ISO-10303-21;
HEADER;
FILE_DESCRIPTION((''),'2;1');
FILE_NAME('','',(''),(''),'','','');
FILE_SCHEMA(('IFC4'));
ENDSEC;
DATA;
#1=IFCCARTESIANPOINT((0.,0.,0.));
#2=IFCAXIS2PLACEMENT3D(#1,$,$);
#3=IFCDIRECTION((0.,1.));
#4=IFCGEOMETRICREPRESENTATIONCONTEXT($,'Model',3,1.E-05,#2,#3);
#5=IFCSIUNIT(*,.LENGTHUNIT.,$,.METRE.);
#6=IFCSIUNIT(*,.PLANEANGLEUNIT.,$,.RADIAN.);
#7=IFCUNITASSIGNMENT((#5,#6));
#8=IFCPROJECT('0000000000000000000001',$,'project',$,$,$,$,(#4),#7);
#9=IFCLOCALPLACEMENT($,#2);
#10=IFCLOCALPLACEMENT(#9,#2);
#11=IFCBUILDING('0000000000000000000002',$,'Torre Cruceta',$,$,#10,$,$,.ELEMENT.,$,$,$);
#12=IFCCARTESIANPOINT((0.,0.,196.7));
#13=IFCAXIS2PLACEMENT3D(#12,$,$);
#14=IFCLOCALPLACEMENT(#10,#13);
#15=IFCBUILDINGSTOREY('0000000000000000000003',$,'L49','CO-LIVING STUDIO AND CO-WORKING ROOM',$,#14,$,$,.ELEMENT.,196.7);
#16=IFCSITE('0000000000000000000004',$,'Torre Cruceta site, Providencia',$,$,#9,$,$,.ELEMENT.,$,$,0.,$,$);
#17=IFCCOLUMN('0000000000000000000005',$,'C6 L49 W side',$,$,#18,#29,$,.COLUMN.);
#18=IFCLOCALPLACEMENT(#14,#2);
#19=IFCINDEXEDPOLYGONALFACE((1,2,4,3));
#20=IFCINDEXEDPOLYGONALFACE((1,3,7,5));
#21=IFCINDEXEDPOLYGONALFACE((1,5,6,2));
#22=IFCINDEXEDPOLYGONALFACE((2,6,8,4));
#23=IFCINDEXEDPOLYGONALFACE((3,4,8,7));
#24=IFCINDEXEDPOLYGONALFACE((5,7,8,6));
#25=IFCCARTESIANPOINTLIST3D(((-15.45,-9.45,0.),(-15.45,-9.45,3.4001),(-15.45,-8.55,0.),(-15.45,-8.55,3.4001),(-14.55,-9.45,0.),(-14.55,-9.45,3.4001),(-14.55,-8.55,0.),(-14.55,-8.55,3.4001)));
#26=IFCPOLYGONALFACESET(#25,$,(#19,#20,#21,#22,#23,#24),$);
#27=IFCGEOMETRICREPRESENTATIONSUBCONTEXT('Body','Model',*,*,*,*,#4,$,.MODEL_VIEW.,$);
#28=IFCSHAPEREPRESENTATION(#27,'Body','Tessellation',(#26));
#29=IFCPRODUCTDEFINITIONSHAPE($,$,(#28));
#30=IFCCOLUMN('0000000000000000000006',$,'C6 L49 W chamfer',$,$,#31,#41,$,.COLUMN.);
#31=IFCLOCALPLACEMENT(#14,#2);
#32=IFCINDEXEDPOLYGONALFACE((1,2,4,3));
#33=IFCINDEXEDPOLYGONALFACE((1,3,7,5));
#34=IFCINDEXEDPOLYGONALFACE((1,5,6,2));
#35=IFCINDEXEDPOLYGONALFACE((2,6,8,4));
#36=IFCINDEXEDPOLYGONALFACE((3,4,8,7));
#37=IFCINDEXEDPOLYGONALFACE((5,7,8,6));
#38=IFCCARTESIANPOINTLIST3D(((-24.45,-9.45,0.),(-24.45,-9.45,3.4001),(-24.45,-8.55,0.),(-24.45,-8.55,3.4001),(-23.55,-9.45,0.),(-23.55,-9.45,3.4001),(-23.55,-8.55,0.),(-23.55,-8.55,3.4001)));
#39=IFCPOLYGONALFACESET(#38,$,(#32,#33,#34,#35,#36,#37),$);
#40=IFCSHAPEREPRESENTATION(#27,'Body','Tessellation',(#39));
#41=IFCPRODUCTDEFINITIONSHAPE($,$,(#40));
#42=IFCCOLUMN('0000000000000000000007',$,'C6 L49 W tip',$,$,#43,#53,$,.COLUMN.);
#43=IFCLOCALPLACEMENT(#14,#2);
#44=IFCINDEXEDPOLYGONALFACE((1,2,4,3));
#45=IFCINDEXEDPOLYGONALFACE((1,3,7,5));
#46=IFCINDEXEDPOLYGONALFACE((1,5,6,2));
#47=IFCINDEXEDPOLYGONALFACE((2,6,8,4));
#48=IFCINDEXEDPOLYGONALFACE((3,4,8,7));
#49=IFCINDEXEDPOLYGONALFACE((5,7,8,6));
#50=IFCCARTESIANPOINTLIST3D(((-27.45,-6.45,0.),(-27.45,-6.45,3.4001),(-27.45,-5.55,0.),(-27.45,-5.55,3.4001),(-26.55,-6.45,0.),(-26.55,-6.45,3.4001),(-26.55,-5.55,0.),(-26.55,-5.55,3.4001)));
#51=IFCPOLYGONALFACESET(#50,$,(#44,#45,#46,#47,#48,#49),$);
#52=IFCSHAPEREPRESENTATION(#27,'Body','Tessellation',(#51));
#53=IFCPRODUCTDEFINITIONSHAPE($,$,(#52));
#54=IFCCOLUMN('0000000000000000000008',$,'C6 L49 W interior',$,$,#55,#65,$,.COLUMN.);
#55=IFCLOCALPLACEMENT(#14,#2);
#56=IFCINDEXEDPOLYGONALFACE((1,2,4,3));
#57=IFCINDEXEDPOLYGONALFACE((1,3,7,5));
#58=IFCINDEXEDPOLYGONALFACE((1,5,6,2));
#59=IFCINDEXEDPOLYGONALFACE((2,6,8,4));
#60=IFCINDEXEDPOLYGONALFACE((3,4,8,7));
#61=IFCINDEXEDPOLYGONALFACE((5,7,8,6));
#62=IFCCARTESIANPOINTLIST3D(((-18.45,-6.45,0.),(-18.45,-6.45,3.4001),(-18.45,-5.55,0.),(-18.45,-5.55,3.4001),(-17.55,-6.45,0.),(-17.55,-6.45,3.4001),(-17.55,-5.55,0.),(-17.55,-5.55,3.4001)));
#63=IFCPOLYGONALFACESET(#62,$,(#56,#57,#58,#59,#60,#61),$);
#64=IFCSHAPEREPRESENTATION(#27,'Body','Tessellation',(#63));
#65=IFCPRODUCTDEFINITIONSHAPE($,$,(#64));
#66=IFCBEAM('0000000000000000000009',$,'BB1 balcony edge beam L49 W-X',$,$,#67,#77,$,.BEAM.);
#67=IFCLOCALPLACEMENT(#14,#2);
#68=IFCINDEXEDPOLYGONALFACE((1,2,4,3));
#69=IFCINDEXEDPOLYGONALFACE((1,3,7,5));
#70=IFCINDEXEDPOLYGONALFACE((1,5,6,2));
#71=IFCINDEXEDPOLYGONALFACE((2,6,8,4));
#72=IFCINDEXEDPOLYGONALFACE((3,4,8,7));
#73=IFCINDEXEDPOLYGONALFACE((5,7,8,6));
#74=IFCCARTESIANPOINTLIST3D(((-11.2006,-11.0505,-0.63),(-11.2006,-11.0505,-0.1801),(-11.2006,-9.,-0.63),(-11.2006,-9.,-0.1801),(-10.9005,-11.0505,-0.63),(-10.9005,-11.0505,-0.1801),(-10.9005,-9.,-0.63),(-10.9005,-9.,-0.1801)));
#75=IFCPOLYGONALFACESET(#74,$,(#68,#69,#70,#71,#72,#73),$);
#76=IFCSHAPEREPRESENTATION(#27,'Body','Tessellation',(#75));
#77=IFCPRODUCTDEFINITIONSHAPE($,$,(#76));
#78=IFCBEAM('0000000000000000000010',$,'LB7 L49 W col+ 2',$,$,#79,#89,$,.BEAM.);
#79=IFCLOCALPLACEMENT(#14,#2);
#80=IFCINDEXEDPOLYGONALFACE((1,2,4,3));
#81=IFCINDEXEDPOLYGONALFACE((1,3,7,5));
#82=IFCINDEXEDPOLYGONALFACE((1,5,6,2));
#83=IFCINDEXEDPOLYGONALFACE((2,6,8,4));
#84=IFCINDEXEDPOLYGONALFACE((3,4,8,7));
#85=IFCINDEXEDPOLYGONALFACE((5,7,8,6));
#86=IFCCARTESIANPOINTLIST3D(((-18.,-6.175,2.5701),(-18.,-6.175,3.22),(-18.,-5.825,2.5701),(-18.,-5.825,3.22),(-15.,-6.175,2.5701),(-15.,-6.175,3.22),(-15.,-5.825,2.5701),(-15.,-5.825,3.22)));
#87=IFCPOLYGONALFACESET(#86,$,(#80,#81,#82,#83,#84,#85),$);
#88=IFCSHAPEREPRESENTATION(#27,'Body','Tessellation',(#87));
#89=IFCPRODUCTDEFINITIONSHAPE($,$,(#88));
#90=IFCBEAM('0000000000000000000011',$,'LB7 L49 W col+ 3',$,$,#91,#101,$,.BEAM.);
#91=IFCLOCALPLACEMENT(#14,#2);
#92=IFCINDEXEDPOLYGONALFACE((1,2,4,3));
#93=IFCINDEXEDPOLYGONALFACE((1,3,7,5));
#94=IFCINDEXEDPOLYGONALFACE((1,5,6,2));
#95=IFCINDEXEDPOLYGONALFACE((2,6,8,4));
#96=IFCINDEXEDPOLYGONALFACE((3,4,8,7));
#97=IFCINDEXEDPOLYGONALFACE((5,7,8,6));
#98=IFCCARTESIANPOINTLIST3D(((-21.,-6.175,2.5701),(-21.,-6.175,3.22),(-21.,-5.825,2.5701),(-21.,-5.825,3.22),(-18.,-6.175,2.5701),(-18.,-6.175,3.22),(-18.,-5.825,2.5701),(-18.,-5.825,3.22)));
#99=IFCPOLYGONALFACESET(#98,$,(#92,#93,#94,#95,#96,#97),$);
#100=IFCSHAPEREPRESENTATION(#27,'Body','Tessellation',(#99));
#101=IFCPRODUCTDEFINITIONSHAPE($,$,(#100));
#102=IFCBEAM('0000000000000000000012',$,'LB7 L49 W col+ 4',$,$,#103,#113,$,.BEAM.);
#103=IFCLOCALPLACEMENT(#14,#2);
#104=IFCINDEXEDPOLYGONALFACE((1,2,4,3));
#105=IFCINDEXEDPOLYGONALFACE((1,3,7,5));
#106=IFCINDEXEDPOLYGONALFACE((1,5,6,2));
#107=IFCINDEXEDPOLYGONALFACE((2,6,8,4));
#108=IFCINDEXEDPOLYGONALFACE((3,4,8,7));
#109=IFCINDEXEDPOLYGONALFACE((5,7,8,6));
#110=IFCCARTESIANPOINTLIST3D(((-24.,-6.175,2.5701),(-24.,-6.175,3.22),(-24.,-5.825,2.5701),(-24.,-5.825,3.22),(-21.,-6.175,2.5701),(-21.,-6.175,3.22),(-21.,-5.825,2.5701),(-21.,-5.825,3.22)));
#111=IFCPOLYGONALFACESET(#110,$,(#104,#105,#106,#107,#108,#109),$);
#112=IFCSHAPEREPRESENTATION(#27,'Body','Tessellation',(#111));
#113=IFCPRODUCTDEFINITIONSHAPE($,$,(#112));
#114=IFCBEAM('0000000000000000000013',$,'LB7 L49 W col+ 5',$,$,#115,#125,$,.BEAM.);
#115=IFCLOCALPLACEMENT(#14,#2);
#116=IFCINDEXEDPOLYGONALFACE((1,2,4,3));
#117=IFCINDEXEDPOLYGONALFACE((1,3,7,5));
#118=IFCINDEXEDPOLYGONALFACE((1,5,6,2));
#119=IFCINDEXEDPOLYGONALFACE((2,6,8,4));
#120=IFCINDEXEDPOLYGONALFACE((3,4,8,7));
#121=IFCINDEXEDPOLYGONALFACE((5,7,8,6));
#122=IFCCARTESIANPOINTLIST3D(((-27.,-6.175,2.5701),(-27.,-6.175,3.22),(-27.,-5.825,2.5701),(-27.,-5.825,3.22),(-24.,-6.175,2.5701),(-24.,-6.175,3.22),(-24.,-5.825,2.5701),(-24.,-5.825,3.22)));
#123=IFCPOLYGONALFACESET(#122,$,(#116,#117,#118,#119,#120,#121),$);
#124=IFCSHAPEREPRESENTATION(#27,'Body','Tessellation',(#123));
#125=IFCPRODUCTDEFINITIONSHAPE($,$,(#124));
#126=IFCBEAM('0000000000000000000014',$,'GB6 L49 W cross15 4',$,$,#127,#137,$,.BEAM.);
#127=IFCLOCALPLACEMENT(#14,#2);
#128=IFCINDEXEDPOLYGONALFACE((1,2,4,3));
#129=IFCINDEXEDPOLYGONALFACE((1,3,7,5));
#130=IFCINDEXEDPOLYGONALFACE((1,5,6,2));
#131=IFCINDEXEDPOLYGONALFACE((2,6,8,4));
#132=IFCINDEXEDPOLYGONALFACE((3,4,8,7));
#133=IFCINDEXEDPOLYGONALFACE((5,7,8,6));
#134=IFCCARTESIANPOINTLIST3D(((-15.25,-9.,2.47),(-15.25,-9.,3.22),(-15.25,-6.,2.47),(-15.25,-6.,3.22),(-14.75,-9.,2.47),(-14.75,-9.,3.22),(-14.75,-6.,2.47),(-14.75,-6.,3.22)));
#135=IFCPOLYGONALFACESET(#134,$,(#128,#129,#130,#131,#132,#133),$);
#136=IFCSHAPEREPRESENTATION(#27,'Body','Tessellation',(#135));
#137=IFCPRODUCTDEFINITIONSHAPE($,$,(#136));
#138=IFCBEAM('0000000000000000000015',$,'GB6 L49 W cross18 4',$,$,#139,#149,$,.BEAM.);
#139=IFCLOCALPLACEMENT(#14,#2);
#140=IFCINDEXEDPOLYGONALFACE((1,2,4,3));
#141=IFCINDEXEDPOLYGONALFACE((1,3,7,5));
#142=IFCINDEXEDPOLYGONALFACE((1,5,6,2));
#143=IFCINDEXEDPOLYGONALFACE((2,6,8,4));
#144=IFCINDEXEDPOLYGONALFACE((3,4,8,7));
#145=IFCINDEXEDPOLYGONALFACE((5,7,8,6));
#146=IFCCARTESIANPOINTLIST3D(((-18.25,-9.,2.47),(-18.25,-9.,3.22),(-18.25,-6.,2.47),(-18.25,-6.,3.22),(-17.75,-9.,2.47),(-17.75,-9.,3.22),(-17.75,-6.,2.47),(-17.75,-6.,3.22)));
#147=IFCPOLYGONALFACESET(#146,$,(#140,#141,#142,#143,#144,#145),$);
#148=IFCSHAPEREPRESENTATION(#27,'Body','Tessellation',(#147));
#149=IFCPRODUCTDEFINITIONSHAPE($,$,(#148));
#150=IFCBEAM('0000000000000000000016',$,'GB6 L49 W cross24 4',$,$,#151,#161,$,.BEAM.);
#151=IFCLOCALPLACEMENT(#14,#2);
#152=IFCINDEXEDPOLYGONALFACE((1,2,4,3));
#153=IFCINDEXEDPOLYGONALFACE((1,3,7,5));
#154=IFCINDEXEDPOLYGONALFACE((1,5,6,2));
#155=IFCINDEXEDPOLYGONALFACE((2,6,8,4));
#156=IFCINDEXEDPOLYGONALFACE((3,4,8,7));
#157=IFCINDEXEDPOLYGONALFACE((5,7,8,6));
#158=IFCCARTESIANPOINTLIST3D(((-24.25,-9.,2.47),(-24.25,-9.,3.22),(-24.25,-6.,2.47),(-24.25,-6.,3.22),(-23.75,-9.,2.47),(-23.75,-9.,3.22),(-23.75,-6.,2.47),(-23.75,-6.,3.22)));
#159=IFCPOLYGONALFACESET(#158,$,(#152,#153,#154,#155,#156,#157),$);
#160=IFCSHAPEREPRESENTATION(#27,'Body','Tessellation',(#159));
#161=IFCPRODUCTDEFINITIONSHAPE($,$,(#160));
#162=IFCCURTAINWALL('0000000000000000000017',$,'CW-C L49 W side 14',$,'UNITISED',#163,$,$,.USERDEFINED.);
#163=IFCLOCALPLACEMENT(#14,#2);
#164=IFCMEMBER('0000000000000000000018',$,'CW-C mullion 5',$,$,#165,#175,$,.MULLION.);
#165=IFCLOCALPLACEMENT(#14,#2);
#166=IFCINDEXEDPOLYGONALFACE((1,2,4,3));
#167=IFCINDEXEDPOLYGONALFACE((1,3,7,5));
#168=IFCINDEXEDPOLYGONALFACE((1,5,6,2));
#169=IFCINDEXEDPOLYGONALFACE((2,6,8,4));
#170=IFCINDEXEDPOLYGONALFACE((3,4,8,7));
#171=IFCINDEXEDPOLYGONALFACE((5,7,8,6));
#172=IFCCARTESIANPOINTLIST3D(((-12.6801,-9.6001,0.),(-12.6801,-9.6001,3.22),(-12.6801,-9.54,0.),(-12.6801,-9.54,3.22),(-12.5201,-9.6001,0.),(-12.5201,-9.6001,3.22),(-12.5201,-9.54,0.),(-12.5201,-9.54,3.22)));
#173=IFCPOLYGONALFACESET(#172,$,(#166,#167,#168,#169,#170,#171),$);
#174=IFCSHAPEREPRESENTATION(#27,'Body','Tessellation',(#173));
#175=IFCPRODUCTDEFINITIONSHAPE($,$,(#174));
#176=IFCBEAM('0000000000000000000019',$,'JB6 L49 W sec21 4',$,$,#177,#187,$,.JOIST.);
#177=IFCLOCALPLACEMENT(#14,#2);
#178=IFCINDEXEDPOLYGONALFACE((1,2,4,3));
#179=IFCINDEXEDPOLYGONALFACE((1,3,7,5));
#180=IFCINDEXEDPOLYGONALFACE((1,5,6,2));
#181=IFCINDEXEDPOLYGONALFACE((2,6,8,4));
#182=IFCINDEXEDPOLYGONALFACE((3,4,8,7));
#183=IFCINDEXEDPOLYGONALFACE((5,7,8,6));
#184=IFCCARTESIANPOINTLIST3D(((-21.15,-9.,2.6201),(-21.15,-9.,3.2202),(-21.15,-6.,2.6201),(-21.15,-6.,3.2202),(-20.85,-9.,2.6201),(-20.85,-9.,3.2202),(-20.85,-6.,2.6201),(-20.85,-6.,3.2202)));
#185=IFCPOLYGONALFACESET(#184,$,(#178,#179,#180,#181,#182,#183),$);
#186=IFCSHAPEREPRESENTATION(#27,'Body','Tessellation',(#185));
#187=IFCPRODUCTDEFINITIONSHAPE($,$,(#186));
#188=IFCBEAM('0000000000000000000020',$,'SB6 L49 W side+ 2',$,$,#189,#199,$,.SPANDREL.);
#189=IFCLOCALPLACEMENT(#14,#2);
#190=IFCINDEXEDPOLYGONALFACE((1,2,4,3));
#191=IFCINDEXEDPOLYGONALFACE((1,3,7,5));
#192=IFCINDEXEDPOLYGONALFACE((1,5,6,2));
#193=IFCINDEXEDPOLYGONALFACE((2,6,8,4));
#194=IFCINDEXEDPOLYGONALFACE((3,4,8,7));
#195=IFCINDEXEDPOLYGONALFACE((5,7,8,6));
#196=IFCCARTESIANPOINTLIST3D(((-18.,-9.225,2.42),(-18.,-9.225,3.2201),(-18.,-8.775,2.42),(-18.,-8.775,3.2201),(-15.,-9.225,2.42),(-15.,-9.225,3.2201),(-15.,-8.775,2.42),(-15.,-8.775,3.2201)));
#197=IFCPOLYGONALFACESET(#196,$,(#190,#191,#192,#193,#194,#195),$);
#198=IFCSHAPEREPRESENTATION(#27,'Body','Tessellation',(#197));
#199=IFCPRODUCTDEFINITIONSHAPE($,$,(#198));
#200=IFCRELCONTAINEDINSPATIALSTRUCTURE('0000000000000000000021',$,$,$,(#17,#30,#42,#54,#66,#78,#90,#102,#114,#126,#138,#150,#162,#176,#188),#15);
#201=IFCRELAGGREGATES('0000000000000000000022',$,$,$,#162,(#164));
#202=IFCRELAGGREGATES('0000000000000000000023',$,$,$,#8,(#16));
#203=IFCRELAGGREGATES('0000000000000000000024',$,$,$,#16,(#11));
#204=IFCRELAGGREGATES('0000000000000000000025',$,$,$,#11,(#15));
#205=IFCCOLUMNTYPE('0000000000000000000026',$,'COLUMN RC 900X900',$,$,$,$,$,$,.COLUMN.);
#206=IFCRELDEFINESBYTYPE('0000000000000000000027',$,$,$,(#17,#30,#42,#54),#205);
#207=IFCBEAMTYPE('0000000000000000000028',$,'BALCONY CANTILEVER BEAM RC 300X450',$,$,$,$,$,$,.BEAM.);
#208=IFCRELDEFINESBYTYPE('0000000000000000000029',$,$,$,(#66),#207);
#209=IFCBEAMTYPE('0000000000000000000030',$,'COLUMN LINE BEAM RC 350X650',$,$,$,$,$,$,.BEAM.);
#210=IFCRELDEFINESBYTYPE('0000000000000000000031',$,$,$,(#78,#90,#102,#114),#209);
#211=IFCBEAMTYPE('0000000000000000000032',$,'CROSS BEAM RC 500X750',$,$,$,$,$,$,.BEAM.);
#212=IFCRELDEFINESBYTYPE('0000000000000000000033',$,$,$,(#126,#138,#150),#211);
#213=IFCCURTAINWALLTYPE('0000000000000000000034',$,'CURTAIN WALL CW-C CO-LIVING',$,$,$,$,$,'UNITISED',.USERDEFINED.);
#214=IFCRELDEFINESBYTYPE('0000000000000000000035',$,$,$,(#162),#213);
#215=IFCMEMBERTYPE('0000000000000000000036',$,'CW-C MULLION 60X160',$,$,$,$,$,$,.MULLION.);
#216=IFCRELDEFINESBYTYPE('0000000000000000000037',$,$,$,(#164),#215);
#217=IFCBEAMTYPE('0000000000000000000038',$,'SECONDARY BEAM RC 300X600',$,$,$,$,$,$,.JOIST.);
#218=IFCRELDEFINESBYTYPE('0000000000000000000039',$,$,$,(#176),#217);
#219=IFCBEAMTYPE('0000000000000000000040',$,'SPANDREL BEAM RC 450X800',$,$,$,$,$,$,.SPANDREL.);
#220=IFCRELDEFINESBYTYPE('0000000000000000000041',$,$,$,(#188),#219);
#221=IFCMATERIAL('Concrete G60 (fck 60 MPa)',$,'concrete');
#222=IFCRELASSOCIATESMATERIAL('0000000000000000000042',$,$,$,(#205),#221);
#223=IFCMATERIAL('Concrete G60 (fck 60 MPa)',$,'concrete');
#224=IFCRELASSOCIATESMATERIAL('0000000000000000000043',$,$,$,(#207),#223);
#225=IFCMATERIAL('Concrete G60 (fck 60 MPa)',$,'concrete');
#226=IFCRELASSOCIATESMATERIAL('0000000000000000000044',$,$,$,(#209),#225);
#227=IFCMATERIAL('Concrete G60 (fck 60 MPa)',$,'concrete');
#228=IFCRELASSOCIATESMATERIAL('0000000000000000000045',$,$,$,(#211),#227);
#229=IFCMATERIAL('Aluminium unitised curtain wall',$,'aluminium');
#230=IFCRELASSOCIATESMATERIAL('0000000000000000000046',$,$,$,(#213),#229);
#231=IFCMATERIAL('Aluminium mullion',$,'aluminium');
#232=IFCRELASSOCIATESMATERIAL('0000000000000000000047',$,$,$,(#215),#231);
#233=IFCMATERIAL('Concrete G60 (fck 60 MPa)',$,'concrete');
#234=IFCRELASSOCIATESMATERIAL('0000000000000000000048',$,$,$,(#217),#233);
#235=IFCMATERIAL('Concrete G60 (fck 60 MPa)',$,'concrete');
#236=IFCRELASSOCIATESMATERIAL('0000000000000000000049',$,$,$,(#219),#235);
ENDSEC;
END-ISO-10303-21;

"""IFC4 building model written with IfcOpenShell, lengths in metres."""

from ifc_helpers import new_model, si_unit, direction, frame, origin, origin_2d, place, context, subcontext, project, spatial, rectangle, extrude, material, material_profile, profile_set, type_object, element, aggregate, save


model = new_model("IFC4")

# Units and contexts
model_context = context("Model", 3, precision=1e-05, world=origin(), true_north=direction((0.0, 1.0)))
body_context = subcontext(model_context, "Body", "Model", "MODEL_VIEW")
ifc_project = project(units=[si_unit("LENGTHUNIT", "METRE"), si_unit("PLANEANGLEUNIT", "RADIAN")], contexts=[model_context])

# Site, building, storey
site_placement = place(None, origin())
site = spatial("IfcSite", under=ifc_project, at=site_placement, Name="Torre Cruceta site, Providencia", CompositionType="ELEMENT", RefElevation=0.0)
building_placement = place(site_placement, origin())
building = spatial("IfcBuilding", under=site, at=building_placement, Name="Torre Cruceta", CompositionType="ELEMENT")
storey_placement = place(building_placement, frame((0.0, 0.0, 196.7)))
storey = spatial("IfcBuildingStorey", under=building, at=storey_placement, Name="L49", Description="CO-LIVING STUDIO AND CO-WORKING ROOM", CompositionType="ELEMENT", Elevation=196.7)

# Columns
ifc_material_1 = material(Name="Concrete G60 (fck 60 MPa)", Category="concrete")
ifc_material_profile_1 = material_profile(ifc_material_1, rectangle(XDim=0.8999, YDim=0.8999, at=origin_2d()), Name="RC 900X900")
ifc_profile_set_1 = profile_set([ifc_material_profile_1], Name="Concrete G60 (fck 60 MPa)")
column_type = type_object("IfcColumnType", Name="COLUMN RC 900X900", PredefinedType="COLUMN", material=ifc_profile_set_1)
for number, where, z_axis, x_axis, name in (
    (1, (-15.0, -9.0, 0.0), (0.0, 0.0, 1.0), (1.0, 0.0, 0.0), "C6 L49 W side"),
    (2, (-24.0, -9.0, 0.0), (0.0, 0.0, 1.0), (1.0, 0.0, 0.0), "C6 L49 W chamfer"),
    (3, (-27.0, -6.0, 0.0), (0.0, 0.0, 1.0), (1.0, 0.0, 0.0), "C6 L49 W tip"),
    (4, (-18.0, -6.0, 0.0), (0.0, 0.0, 1.0), (1.0, 0.0, 0.0), "C6 L49 W interior"),
):
    element("IfcColumn", number, at=place(storey_placement, frame(where, z_axis=z_axis, x_axis=x_axis)), inside=storey, type_object=column_type, Name=name, PredefinedType="COLUMN", context=body_context, shape_type="SweptSolid", body=[
        extrude(rectangle(XDim=0.8999, YDim=0.8999, at=origin_2d()), origin(), (0.0, 0.0, 1.0), 3.4001),
    ])

# Beams
ifc_material_2 = material(Name="Concrete G60 (fck 60 MPa)", Category="concrete")
ifc_material_profile_2 = material_profile(ifc_material_2, rectangle(XDim=0.3, YDim=0.45, at=origin_2d()), Name="RC 300X450")
ifc_profile_set_2 = profile_set([ifc_material_profile_2], Name="Concrete G60 (fck 60 MPa)")
beam_type_1 = type_object("IfcBeamType", Name="BALCONY CANTILEVER BEAM RC 300X450", PredefinedType="BEAM", material=ifc_profile_set_2)
beam_1_placement = place(storey_placement, frame((-11.0505, -9.0, -0.405), z_axis=(0.0, -1.0, 0.0), x_axis=(1.0, 0.0, 0.0)))
element("IfcBeam", 5, at=beam_1_placement, inside=storey, type_object=beam_type_1, Name="BB1 balcony edge beam L49 W-X", PredefinedType="BEAM", context=body_context, shape_type="SweptSolid", body=[
    extrude(rectangle(XDim=0.3, YDim=0.45, at=origin_2d()), origin(), (0.0, 0.0, 1.0), 2.0505),
])
ifc_material_3 = material(Name="Concrete G60 (fck 60 MPa)", Category="concrete")
ifc_material_profile_3 = material_profile(ifc_material_3, rectangle(XDim=0.3501, YDim=0.6499, at=origin_2d()), Name="RC 350X650")
ifc_profile_set_3 = profile_set([ifc_material_profile_3], Name="Concrete G60 (fck 60 MPa)")
beam_type_2 = type_object("IfcBeamType", Name="COLUMN LINE BEAM RC 350X650", PredefinedType="BEAM", material=ifc_profile_set_3)
for number, where, z_axis, x_axis, name in (
    (6, (-15.0, -6.0, 2.895), (-1.0, 0.0, 0.0), (0.0, -1.0, 0.0), "LB7 L49 W col+ 2"),
    (7, (-18.0, -6.0, 2.895), (-1.0, 0.0, 0.0), (0.0, -1.0, 0.0), "LB7 L49 W col+ 3"),
    (8, (-21.0, -6.0, 2.895), (-1.0, 0.0, 0.0), (0.0, -1.0, 0.0), "LB7 L49 W col+ 4"),
    (9, (-24.0, -6.0, 2.895), (-1.0, 0.0, 0.0), (0.0, -1.0, 0.0), "LB7 L49 W col+ 5"),
):
    element("IfcBeam", number, at=place(storey_placement, frame(where, z_axis=z_axis, x_axis=x_axis)), inside=storey, type_object=beam_type_2, Name=name, PredefinedType="BEAM", context=body_context, shape_type="SweptSolid", body=[
        extrude(rectangle(XDim=0.3501, YDim=0.6499, at=origin_2d()), origin(), (0.0, 0.0, 1.0), 3.0),
    ])
ifc_material_4 = material(Name="Concrete G60 (fck 60 MPa)", Category="concrete")
ifc_material_profile_4 = material_profile(ifc_material_4, rectangle(XDim=0.5, YDim=0.75, at=origin_2d()), Name="RC 500X750")
ifc_profile_set_4 = profile_set([ifc_material_profile_4], Name="Concrete G60 (fck 60 MPa)")
beam_type_3 = type_object("IfcBeamType", Name="CROSS BEAM RC 500X750", PredefinedType="BEAM", material=ifc_profile_set_4)
for number, where, z_axis, x_axis, name in (
    (10, (-15.0, -6.0, 2.845), (0.0, -1.0, 0.0), (1.0, 0.0, 0.0), "GB6 L49 W cross15 4"),
    (11, (-18.0, -6.0, 2.845), (0.0, -1.0, 0.0), (1.0, 0.0, 0.0), "GB6 L49 W cross18 4"),
    (12, (-24.0, -6.0, 2.845), (0.0, -1.0, 0.0), (1.0, 0.0, 0.0), "GB6 L49 W cross24 4"),
):
    element("IfcBeam", number, at=place(storey_placement, frame(where, z_axis=z_axis, x_axis=x_axis)), inside=storey, type_object=beam_type_3, Name=name, PredefinedType="BEAM", context=body_context, shape_type="SweptSolid", body=[
        extrude(rectangle(XDim=0.5, YDim=0.75, at=origin_2d()), origin(), (0.0, 0.0, 1.0), 3.0),
    ])

# Curtain wall, member
ifc_material_5 = material(Name="Aluminium unitised curtain wall", Category="aluminium")
curtain_wall_type = type_object("IfcCurtainWallType", Name="CURTAIN WALL CW-C CO-LIVING", ElementType="UNITISED", PredefinedType="USERDEFINED", material=ifc_material_5)
curtain_wall_placement = place(storey_placement, origin())
curtain_wall = element("IfcCurtainWall", 13, at=curtain_wall_placement, inside=storey, type_object=curtain_wall_type, Name="CW-C L49 W side 14", ObjectType="UNITISED", PredefinedType="USERDEFINED")
ifc_material_6 = material(Name="Aluminium mullion", Category="aluminium")
ifc_material_profile_5 = material_profile(ifc_material_6, rectangle(XDim=0.0601, YDim=0.1599, at=origin_2d()), Name="AL 60X160")
ifc_profile_set_5 = profile_set([ifc_material_profile_5], Name="Aluminium mullion")
member_type = type_object("IfcMemberType", Name="CW-C MULLION 60X160", PredefinedType="MULLION", material=ifc_profile_set_5)
member_placement = place(storey_placement, frame((-12.6001, -9.5701, 0.0), z_axis=(0.0, 0.0, 1.0), x_axis=(0.0, 1.0, 0.0)))
member = element("IfcMember", 14, at=member_placement, type_object=member_type, Name="CW-C mullion 5", PredefinedType="MULLION", context=body_context, shape_type="SweptSolid", body=[
    extrude(rectangle(XDim=0.0601, YDim=0.1599, at=origin_2d()), origin(), (0.0, 0.0, 1.0), 3.22),
])
aggregate(curtain_wall, [member])

# Beams
ifc_material_7 = material(Name="Concrete G60 (fck 60 MPa)", Category="concrete")
ifc_material_profile_6 = material_profile(ifc_material_7, rectangle(XDim=0.3, YDim=0.6001, at=origin_2d()), Name="RC 300X600")
ifc_profile_set_6 = profile_set([ifc_material_profile_6], Name="Concrete G60 (fck 60 MPa)")
beam_type_4 = type_object("IfcBeamType", Name="SECONDARY BEAM RC 300X600", PredefinedType="JOIST", material=ifc_profile_set_6)
beam_2_placement = place(storey_placement, frame((-21.0, -6.0, 2.9202), z_axis=(0.0, -1.0, 0.0), x_axis=(1.0, 0.0, 0.0)))
element("IfcBeam", 15, at=beam_2_placement, inside=storey, type_object=beam_type_4, Name="JB6 L49 W sec21 4", PredefinedType="JOIST", context=body_context, shape_type="SweptSolid", body=[
    extrude(rectangle(XDim=0.3, YDim=0.6001, at=origin_2d()), origin(), (0.0, 0.0, 1.0), 3.0),
])
ifc_material_8 = material(Name="Concrete G60 (fck 60 MPa)", Category="concrete")
ifc_material_profile_7 = material_profile(ifc_material_8, rectangle(XDim=0.45, YDim=0.8, at=origin_2d()), Name="RC 450X800")
ifc_profile_set_7 = profile_set([ifc_material_profile_7], Name="Concrete G60 (fck 60 MPa)")
beam_type_5 = type_object("IfcBeamType", Name="SPANDREL BEAM RC 450X800", PredefinedType="SPANDREL", material=ifc_profile_set_7)
for number, where, z_axis, x_axis, name in (
    (16, (-15.0, -9.0, 2.8201), (-1.0, 0.0, 0.0), (0.0, -1.0, 0.0), "SB6 L49 W side+ 2"),
):
    element("IfcBeam", number, at=place(storey_placement, frame(where, z_axis=z_axis, x_axis=x_axis)), inside=storey, type_object=beam_type_5, Name=name, PredefinedType="SPANDREL", context=body_context, shape_type="SweptSolid", body=[
        extrude(rectangle(XDim=0.45, YDim=0.8, at=origin_2d()), origin(), (0.0, 0.0, 1.0), 3.0),
    ])

save(model, "model.ifc")
